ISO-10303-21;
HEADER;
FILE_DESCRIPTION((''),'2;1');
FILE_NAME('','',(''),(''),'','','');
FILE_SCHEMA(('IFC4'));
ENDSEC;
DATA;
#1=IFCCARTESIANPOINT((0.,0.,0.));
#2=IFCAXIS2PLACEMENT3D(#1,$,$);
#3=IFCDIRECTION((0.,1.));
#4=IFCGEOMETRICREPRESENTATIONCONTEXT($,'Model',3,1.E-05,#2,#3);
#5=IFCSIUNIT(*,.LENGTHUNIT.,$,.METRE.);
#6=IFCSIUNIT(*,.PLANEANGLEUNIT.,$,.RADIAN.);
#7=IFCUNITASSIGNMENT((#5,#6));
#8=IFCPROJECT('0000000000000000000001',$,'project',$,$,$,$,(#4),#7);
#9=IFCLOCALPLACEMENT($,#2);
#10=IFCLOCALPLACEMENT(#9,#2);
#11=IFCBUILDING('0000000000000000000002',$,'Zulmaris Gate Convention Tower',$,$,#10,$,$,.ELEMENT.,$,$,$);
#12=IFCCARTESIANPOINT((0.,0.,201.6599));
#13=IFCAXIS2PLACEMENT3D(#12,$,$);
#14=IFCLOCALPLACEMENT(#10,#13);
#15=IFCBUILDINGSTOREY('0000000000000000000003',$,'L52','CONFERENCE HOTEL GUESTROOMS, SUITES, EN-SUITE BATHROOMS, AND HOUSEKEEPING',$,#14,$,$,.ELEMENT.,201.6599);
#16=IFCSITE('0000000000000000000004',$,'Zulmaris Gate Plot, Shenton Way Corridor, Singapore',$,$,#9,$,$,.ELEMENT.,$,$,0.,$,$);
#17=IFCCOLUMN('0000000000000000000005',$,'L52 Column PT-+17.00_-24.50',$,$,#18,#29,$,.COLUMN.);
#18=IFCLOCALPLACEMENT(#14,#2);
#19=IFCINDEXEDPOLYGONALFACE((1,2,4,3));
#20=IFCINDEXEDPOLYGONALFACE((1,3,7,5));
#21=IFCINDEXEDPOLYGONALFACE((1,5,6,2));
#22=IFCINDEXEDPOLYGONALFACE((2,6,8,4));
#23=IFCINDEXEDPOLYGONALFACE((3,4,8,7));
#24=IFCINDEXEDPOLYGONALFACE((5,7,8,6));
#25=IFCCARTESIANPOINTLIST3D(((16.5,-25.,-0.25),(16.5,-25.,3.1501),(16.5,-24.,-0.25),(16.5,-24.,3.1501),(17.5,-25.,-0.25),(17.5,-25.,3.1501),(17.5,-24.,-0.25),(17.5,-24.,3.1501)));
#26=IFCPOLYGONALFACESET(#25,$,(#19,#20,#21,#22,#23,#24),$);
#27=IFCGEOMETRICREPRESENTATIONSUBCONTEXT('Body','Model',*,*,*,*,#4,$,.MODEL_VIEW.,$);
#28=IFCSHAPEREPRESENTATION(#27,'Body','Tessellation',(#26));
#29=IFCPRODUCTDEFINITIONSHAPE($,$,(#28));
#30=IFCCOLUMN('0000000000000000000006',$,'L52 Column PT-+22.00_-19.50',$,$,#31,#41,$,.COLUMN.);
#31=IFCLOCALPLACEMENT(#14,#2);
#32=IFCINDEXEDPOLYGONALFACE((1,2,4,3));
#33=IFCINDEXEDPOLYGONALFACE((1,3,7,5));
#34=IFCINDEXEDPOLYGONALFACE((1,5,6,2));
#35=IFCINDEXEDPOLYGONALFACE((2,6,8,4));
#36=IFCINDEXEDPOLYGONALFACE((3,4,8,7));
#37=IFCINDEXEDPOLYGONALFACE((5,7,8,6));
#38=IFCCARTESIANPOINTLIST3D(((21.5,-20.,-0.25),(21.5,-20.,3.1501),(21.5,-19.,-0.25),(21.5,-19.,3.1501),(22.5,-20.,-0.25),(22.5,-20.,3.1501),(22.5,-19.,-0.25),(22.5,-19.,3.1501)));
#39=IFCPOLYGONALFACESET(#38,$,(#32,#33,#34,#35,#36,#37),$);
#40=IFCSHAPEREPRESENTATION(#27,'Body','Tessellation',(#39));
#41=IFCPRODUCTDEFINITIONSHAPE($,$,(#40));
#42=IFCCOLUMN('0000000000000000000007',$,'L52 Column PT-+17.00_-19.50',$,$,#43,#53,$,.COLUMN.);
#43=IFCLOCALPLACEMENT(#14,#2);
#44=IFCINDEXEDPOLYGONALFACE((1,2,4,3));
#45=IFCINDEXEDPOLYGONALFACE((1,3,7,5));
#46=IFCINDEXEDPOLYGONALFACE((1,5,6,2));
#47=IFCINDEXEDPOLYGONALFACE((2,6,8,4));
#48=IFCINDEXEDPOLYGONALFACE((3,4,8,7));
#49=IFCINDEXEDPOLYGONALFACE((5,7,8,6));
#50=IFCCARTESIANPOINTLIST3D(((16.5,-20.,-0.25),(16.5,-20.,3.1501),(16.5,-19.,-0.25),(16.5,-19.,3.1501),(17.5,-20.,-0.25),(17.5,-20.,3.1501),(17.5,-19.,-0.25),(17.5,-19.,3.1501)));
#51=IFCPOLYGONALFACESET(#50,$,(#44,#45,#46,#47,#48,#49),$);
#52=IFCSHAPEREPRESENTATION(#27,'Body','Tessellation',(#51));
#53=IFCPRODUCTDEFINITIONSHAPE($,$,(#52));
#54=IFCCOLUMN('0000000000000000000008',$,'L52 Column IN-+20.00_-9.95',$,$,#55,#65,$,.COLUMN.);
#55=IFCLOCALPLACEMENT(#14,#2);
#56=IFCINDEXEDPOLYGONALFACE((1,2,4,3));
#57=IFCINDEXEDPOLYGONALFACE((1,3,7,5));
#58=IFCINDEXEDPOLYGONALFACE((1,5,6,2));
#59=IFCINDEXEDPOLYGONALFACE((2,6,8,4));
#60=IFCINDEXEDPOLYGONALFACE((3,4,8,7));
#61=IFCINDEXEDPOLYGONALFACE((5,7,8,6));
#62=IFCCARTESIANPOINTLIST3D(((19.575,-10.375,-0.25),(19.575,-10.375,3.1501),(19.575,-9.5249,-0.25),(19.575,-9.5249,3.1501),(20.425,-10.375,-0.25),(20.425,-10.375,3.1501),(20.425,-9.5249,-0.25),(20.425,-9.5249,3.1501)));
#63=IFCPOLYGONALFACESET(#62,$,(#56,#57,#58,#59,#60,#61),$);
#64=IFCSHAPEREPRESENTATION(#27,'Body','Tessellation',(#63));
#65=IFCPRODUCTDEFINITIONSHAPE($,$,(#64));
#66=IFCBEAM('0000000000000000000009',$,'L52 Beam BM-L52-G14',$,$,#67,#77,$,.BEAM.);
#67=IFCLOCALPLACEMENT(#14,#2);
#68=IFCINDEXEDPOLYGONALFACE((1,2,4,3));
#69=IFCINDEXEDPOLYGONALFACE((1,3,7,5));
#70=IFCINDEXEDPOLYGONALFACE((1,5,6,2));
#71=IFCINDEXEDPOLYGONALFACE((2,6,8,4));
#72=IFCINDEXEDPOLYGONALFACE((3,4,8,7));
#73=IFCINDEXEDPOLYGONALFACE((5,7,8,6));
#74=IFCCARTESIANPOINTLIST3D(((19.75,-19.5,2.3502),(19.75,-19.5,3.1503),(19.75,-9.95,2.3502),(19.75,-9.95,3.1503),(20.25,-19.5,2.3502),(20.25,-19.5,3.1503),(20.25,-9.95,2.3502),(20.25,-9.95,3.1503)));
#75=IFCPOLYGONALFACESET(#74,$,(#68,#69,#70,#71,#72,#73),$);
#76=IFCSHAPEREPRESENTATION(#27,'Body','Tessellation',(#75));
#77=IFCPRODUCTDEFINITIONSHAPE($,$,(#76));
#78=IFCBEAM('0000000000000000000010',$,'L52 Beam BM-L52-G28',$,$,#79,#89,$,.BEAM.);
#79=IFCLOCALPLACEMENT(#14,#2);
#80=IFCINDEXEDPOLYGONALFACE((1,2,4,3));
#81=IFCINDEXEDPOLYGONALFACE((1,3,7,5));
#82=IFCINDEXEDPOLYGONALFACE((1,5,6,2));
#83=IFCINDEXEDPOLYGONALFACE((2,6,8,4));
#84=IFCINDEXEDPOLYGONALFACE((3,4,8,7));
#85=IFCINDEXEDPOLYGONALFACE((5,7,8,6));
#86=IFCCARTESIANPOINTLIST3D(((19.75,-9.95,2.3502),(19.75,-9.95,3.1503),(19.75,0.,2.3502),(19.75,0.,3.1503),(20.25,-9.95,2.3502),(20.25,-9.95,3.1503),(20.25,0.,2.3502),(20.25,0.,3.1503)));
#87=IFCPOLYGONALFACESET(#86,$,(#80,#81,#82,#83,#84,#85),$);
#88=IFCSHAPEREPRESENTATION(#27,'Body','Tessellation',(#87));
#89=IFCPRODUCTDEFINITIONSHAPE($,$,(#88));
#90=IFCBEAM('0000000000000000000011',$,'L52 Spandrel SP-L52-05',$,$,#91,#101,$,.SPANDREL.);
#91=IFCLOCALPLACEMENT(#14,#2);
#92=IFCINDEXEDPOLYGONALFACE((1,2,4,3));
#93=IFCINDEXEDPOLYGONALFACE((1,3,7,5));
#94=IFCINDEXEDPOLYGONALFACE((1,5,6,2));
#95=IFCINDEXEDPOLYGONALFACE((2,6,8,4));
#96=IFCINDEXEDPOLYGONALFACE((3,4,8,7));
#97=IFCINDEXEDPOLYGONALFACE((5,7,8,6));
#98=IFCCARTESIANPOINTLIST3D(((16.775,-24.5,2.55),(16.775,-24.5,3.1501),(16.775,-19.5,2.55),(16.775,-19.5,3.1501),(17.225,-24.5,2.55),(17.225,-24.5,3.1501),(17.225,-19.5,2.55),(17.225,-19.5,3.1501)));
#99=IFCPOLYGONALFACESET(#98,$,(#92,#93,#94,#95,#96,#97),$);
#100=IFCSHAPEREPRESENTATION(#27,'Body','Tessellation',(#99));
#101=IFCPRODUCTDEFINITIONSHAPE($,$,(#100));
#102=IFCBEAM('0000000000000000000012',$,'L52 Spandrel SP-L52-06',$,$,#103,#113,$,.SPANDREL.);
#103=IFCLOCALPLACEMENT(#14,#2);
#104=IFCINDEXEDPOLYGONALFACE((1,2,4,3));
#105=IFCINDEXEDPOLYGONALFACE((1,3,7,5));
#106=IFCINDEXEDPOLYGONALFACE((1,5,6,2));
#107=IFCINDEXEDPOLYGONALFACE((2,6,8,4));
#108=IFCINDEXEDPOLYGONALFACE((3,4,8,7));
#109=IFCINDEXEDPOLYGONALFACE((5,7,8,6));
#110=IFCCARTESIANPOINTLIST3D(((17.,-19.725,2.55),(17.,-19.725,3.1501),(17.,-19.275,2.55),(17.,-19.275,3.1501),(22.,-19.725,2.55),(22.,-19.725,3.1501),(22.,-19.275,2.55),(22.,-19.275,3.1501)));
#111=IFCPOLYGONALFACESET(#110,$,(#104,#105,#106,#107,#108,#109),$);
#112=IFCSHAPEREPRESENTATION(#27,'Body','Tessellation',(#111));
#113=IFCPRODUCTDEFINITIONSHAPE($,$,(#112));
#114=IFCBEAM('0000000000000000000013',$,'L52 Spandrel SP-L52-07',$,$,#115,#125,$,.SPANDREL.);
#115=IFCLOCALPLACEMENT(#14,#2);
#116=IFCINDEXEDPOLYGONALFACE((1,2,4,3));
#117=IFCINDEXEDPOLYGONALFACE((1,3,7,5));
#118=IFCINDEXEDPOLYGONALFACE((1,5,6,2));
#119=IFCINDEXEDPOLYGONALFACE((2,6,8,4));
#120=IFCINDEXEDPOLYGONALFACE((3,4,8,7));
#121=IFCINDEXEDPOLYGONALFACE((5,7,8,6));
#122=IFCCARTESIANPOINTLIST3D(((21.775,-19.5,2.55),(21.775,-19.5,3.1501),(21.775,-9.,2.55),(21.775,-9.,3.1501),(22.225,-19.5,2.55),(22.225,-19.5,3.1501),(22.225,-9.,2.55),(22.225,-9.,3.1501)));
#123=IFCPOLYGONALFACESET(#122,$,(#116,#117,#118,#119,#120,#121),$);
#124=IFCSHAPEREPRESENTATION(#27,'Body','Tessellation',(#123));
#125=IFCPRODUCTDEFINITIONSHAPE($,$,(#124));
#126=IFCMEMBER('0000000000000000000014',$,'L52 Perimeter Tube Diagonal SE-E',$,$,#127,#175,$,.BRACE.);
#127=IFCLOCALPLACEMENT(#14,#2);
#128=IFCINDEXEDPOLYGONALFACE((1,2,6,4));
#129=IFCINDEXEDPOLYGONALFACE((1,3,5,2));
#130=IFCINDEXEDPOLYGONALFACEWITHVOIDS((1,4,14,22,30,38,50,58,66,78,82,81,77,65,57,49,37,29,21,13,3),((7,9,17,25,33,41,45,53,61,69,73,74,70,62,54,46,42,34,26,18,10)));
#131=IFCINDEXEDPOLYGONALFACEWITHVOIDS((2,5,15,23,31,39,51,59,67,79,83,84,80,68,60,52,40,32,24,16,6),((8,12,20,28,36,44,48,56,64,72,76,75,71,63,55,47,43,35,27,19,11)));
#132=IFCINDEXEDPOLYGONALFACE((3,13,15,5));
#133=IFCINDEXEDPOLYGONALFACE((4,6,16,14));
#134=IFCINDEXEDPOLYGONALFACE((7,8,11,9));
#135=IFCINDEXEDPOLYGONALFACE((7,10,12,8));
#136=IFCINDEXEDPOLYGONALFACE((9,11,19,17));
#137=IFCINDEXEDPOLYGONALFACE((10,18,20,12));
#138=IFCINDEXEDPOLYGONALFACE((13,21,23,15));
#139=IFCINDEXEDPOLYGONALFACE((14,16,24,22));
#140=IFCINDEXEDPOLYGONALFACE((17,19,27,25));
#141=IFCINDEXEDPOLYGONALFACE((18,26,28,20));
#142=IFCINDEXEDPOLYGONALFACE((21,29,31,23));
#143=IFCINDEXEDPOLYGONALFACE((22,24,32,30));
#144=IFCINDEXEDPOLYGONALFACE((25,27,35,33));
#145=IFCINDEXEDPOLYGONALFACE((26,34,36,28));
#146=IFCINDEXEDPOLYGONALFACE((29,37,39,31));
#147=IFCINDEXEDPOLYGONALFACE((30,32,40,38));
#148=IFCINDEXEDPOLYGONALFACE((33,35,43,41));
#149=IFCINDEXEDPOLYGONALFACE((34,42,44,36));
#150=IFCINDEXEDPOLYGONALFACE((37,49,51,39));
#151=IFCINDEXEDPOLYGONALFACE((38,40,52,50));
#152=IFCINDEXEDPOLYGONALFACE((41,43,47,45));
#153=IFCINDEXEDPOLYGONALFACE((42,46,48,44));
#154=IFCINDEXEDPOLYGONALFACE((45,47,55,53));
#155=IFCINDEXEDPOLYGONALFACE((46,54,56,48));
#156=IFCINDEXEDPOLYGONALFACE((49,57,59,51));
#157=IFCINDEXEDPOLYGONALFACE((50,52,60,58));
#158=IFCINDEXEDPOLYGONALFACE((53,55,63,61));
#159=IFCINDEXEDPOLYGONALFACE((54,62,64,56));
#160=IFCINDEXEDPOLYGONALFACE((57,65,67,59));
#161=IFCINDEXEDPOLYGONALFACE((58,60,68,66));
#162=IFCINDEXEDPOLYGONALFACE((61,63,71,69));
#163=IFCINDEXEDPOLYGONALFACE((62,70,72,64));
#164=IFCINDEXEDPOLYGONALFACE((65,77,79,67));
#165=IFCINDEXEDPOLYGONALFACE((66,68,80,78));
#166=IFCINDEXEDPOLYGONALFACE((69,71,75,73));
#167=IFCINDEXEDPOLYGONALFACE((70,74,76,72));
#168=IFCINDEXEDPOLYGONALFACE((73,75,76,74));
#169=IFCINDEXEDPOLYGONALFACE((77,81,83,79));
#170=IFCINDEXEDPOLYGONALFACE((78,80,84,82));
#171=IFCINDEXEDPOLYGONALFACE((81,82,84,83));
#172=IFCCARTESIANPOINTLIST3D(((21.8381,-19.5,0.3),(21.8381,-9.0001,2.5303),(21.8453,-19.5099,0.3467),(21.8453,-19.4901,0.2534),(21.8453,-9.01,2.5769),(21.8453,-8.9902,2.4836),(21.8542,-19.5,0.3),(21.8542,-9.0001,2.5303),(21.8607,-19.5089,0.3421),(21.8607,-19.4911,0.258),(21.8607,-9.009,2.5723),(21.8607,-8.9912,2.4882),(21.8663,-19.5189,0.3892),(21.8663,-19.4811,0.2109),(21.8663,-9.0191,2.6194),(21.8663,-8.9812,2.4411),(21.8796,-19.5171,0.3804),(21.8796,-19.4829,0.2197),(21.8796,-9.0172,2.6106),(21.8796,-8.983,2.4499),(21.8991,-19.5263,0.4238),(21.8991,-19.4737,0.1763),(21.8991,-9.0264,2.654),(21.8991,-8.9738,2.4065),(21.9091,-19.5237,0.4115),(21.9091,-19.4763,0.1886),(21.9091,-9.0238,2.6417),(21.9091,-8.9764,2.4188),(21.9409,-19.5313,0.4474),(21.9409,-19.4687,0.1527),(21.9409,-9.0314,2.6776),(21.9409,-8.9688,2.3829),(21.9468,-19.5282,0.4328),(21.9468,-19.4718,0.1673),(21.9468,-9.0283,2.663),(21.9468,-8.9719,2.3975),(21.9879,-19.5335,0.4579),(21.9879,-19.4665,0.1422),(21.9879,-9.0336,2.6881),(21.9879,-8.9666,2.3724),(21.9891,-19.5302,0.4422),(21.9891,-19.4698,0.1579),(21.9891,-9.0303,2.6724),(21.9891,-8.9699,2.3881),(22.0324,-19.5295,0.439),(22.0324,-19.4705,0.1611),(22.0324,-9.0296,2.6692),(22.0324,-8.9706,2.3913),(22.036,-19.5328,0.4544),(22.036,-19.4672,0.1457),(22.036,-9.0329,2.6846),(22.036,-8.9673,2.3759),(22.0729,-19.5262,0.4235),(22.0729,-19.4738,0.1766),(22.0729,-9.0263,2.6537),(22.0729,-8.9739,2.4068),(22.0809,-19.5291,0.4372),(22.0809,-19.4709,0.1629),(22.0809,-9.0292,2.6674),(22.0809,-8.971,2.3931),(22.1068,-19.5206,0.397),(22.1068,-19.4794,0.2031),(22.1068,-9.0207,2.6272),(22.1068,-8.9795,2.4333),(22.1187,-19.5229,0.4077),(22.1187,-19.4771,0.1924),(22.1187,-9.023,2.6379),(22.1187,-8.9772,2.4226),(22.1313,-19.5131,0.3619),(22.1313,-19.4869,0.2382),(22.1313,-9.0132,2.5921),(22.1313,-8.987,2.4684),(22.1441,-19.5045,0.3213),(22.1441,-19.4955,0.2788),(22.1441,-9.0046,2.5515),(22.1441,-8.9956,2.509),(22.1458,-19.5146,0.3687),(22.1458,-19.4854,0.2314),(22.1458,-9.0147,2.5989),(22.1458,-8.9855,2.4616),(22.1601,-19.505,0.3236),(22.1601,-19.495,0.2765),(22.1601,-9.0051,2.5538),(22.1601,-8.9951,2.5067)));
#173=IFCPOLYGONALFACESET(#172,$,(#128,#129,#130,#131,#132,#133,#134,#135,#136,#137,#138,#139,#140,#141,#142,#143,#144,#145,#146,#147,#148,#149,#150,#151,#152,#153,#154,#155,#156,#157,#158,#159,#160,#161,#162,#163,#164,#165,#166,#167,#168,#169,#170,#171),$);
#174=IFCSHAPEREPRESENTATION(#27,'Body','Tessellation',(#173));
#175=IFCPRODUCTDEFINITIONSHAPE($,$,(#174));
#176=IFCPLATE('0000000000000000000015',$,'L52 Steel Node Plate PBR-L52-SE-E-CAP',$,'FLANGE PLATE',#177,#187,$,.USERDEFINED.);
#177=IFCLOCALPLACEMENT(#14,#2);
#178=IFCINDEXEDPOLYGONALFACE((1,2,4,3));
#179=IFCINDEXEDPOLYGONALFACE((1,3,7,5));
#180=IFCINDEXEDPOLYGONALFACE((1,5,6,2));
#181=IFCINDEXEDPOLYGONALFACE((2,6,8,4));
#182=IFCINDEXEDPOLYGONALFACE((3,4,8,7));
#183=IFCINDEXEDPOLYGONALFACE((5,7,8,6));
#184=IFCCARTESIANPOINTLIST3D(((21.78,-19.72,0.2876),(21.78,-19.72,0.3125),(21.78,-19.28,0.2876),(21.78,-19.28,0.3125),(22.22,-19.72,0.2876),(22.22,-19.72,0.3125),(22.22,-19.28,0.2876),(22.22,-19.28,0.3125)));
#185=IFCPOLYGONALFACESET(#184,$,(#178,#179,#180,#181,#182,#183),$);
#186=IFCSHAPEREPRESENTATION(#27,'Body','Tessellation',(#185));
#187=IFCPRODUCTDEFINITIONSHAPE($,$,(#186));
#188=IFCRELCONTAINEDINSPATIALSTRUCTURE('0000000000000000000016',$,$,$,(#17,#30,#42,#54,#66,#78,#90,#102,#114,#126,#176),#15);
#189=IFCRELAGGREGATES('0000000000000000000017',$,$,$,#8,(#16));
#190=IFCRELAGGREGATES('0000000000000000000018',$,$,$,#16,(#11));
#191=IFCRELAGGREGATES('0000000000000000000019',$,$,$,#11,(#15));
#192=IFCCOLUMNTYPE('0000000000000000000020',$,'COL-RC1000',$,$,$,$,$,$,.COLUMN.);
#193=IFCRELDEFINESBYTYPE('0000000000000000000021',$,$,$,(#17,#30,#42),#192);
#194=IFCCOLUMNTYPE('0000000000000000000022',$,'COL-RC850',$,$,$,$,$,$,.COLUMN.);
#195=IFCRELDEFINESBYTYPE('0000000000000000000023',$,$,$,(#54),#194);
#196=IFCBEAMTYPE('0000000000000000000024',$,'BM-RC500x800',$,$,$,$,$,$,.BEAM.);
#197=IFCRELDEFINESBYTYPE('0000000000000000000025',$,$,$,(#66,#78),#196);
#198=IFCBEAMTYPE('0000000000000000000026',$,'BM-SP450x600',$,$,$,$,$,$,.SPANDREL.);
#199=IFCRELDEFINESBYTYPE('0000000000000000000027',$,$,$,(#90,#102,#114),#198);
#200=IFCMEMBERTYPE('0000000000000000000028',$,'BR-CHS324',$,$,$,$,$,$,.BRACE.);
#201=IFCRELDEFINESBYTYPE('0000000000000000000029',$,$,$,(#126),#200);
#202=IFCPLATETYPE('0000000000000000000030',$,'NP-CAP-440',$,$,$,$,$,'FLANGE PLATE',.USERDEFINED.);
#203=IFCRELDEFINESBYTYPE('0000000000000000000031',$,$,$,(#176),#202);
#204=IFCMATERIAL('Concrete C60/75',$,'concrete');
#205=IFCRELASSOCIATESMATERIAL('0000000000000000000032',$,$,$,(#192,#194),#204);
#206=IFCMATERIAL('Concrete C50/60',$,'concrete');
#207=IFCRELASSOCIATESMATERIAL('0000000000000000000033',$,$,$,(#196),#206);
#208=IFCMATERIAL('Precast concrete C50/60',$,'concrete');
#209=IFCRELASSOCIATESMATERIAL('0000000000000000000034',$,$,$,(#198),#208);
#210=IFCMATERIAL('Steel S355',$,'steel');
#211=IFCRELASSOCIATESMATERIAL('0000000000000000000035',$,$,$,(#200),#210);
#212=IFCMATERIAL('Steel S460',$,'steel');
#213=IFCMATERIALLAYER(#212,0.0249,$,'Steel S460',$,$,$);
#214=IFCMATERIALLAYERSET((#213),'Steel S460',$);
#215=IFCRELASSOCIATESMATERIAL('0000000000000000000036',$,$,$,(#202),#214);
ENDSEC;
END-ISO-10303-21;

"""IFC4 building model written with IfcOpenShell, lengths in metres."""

from ifc_helpers import new_model, si_unit, direction, frame, origin, origin_2d, place, context, subcontext, project, spatial, rectangle, hollow_circle, extrude, material, layer, layer_set, material_profile, profile_set, type_object, element, save


model = new_model("IFC4")

# Units and contexts
model_context = context("Model", 3, precision=1e-05, world=origin(), true_north=direction((0.0, 1.0)))
body_context = subcontext(model_context, "Body", "Model", "MODEL_VIEW")
ifc_project = project(units=[si_unit("LENGTHUNIT", "METRE"), si_unit("PLANEANGLEUNIT", "RADIAN")], contexts=[model_context])

# Site, building, storey
site_placement = place(None, origin())
site = spatial("IfcSite", under=ifc_project, at=site_placement, Name="Zulmaris Gate Plot, Shenton Way Corridor, Singapore", CompositionType="ELEMENT", RefElevation=0.0)
building_placement = place(site_placement, origin())
building = spatial("IfcBuilding", under=site, at=building_placement, Name="Zulmaris Gate Convention Tower", CompositionType="ELEMENT")
storey_placement = place(building_placement, frame((0.0, 0.0, 201.6599)))
storey = spatial("IfcBuildingStorey", under=building, at=storey_placement, Name="L52", Description="CONFERENCE HOTEL GUESTROOMS, SUITES, EN-SUITE BATHROOMS, AND HOUSEKEEPING", CompositionType="ELEMENT", Elevation=201.6599)

# Columns
ifc_material_1 = material(Name="Concrete C60/75", Category="concrete")
ifc_material_profile_1 = material_profile(ifc_material_1, rectangle(XDim=1.0, YDim=1.0, at=origin_2d()), Name="RC COL 1000x1000")
ifc_profile_set_1 = profile_set([ifc_material_profile_1], Name="Concrete C60/75")
column_type_1 = type_object("IfcColumnType", Name="COL-RC1000", PredefinedType="COLUMN", material=ifc_profile_set_1)
for number, where, z_axis, x_axis, name in (
    (1, (17.0, -24.5, -0.25), (0.0, 0.0, 1.0), (1.0, 0.0, 0.0), "L52 Column PT-+17.00_-24.50"),
    (2, (22.0, -19.5, -0.25), (0.0, 0.0, 1.0), (1.0, 0.0, 0.0), "L52 Column PT-+22.00_-19.50"),
    (3, (17.0, -19.5, -0.25), (0.0, 0.0, 1.0), (1.0, 0.0, 0.0), "L52 Column PT-+17.00_-19.50"),
):
    element("IfcColumn", number, at=place(storey_placement, frame(where, z_axis=z_axis, x_axis=x_axis)), inside=storey, type_object=column_type_1, Name=name, PredefinedType="COLUMN", context=body_context, shape_type="SweptSolid", body=[
        extrude(rectangle(XDim=1.0, YDim=1.0, at=origin_2d()), origin(), (0.0, 0.0, 1.0), 3.4001),
    ])
ifc_material_profile_2 = material_profile(ifc_material_1, rectangle(XDim=0.8501, YDim=0.8501, at=origin_2d()), Name="RC COL 850x850")
ifc_profile_set_2 = profile_set([ifc_material_profile_2], Name="Concrete C60/75")
column_type_2 = type_object("IfcColumnType", Name="COL-RC850", PredefinedType="COLUMN", material=ifc_profile_set_2)
column_placement = place(storey_placement, frame((20.0, -9.95, -0.25), z_axis=(0.0, 0.0, 1.0), x_axis=(1.0, 0.0, 0.0)))
element("IfcColumn", 4, at=column_placement, inside=storey, type_object=column_type_2, Name="L52 Column IN-+20.00_-9.95", PredefinedType="COLUMN", context=body_context, shape_type="SweptSolid", body=[
    extrude(rectangle(XDim=0.8501, YDim=0.8501, at=origin_2d()), origin(), (0.0, 0.0, 1.0), 3.4001),
])

# Beams
ifc_material_2 = material(Name="Concrete C50/60", Category="concrete")
ifc_material_profile_3 = material_profile(ifc_material_2, rectangle(XDim=0.5, YDim=0.8, at=origin_2d()), Name="RC BEAM 500x800")
ifc_profile_set_3 = profile_set([ifc_material_profile_3], Name="Concrete C50/60")
beam_type_1 = type_object("IfcBeamType", Name="BM-RC500x800", PredefinedType="BEAM", material=ifc_profile_set_3)
beam_1_placement = place(storey_placement, frame((20.0, -19.5, 2.7502), z_axis=(0.0, 1.0, 0.0), x_axis=(-1.0, 0.0, 0.0)))
element("IfcBeam", 5, at=beam_1_placement, inside=storey, type_object=beam_type_1, Name="L52 Beam BM-L52-G14", PredefinedType="BEAM", context=body_context, shape_type="SweptSolid", body=[
    extrude(rectangle(XDim=0.5, YDim=0.8, at=origin_2d()), origin(), (0.0, 0.0, 1.0), 9.55),
])
beam_2_placement = place(storey_placement, frame((20.0, -9.95, 2.7502), z_axis=(0.0, 1.0, 0.0), x_axis=(-1.0, 0.0, 0.0)))
element("IfcBeam", 6, at=beam_2_placement, inside=storey, type_object=beam_type_1, Name="L52 Beam BM-L52-G28", PredefinedType="BEAM", context=body_context, shape_type="SweptSolid", body=[
    extrude(rectangle(XDim=0.5, YDim=0.8, at=origin_2d()), origin(), (0.0, 0.0, 1.0), 9.95),
])
ifc_material_3 = material(Name="Precast concrete C50/60", Category="concrete")
ifc_material_profile_4 = material_profile(ifc_material_3, rectangle(XDim=0.45, YDim=0.6001, at=origin_2d()), Name="RC SPANDREL 450x600")
ifc_profile_set_4 = profile_set([ifc_material_profile_4], Name="Precast concrete C50/60")
beam_type_2 = type_object("IfcBeamType", Name="BM-SP450x600", PredefinedType="SPANDREL", material=ifc_profile_set_4)
for number, where, z_axis, x_axis, name in (
    (7, (17.0, -24.5, 2.8501), (0.0, 1.0, 0.0), (-1.0, 0.0, 0.0), "L52 Spandrel SP-L52-05"),
    (8, (17.0, -19.5, 2.8501), (1.0, 0.0, 0.0), (0.0, 1.0, 0.0), "L52 Spandrel SP-L52-06"),
):
    element("IfcBeam", number, at=place(storey_placement, frame(where, z_axis=z_axis, x_axis=x_axis)), inside=storey, type_object=beam_type_2, Name=name, PredefinedType="SPANDREL", context=body_context, shape_type="SweptSolid", body=[
        extrude(rectangle(XDim=0.45, YDim=0.6001, at=origin_2d()), origin(), (0.0, 0.0, 1.0), 5.0),
    ])
beam_3_placement = place(storey_placement, frame((22.0, -19.5, 2.8501), z_axis=(0.0, 1.0, 0.0), x_axis=(-1.0, 0.0, 0.0)))
element("IfcBeam", 9, at=beam_3_placement, inside=storey, type_object=beam_type_2, Name="L52 Spandrel SP-L52-07", PredefinedType="SPANDREL", context=body_context, shape_type="SweptSolid", body=[
    extrude(rectangle(XDim=0.45, YDim=0.6001, at=origin_2d()), origin(), (0.0, 0.0, 1.0), 10.5),
])

# Member
ifc_material_4 = material(Name="Steel S355", Category="steel")
ifc_material_profile_5 = material_profile(ifc_material_4, hollow_circle(Radius=0.1619, WallThickness=0.0161, at=origin_2d()), Name="CHS 323.9x16")
ifc_profile_set_5 = profile_set([ifc_material_profile_5], Name="Steel S355")
member_type = type_object("IfcMemberType", Name="BR-CHS324", PredefinedType="BRACE", material=ifc_profile_set_5)
member_placement = place(storey_placement, frame((22.0, -19.5, 0.3), z_axis=(0.0, 0.978178, 0.207767), x_axis=(-1.0, 0.0, 0.0)))
element("IfcMember", 10, at=member_placement, inside=storey, type_object=member_type, Name="L52 Perimeter Tube Diagonal SE-E", PredefinedType="BRACE", context=body_context, shape_type="SweptSolid", body=[
    extrude(hollow_circle(Radius=0.1619, WallThickness=0.0161, at=origin_2d()), origin(), (0.0, 0.0, 1.0), 10.7341),
])

# Plate
ifc_material_5 = material(Name="Steel S460", Category="steel")
ifc_layer_1 = layer(ifc_material_5, 0.0249, Name="Steel S460")
ifc_layer_set_1 = layer_set([ifc_layer_1], Name="Steel S460")
plate_type = type_object("IfcPlateType", Name="NP-CAP-440", ElementType="FLANGE PLATE", PredefinedType="USERDEFINED", material=ifc_layer_set_1)
plate_placement = place(storey_placement, frame((22.0, -19.5, 0.2876), z_axis=(0.0, 0.0, 1.0), x_axis=(1.0, 0.0, 0.0)))
element("IfcPlate", 11, at=plate_placement, inside=storey, type_object=plate_type, Name="L52 Steel Node Plate PBR-L52-SE-E-CAP", ObjectType="FLANGE PLATE", PredefinedType="USERDEFINED", context=body_context, shape_type="SweptSolid", body=[
    extrude(rectangle(XDim=0.4399, YDim=0.4399, at=origin_2d()), origin(), (0.0, 0.0, 1.0), 0.0249),
])

save(model, "model.ifc")
